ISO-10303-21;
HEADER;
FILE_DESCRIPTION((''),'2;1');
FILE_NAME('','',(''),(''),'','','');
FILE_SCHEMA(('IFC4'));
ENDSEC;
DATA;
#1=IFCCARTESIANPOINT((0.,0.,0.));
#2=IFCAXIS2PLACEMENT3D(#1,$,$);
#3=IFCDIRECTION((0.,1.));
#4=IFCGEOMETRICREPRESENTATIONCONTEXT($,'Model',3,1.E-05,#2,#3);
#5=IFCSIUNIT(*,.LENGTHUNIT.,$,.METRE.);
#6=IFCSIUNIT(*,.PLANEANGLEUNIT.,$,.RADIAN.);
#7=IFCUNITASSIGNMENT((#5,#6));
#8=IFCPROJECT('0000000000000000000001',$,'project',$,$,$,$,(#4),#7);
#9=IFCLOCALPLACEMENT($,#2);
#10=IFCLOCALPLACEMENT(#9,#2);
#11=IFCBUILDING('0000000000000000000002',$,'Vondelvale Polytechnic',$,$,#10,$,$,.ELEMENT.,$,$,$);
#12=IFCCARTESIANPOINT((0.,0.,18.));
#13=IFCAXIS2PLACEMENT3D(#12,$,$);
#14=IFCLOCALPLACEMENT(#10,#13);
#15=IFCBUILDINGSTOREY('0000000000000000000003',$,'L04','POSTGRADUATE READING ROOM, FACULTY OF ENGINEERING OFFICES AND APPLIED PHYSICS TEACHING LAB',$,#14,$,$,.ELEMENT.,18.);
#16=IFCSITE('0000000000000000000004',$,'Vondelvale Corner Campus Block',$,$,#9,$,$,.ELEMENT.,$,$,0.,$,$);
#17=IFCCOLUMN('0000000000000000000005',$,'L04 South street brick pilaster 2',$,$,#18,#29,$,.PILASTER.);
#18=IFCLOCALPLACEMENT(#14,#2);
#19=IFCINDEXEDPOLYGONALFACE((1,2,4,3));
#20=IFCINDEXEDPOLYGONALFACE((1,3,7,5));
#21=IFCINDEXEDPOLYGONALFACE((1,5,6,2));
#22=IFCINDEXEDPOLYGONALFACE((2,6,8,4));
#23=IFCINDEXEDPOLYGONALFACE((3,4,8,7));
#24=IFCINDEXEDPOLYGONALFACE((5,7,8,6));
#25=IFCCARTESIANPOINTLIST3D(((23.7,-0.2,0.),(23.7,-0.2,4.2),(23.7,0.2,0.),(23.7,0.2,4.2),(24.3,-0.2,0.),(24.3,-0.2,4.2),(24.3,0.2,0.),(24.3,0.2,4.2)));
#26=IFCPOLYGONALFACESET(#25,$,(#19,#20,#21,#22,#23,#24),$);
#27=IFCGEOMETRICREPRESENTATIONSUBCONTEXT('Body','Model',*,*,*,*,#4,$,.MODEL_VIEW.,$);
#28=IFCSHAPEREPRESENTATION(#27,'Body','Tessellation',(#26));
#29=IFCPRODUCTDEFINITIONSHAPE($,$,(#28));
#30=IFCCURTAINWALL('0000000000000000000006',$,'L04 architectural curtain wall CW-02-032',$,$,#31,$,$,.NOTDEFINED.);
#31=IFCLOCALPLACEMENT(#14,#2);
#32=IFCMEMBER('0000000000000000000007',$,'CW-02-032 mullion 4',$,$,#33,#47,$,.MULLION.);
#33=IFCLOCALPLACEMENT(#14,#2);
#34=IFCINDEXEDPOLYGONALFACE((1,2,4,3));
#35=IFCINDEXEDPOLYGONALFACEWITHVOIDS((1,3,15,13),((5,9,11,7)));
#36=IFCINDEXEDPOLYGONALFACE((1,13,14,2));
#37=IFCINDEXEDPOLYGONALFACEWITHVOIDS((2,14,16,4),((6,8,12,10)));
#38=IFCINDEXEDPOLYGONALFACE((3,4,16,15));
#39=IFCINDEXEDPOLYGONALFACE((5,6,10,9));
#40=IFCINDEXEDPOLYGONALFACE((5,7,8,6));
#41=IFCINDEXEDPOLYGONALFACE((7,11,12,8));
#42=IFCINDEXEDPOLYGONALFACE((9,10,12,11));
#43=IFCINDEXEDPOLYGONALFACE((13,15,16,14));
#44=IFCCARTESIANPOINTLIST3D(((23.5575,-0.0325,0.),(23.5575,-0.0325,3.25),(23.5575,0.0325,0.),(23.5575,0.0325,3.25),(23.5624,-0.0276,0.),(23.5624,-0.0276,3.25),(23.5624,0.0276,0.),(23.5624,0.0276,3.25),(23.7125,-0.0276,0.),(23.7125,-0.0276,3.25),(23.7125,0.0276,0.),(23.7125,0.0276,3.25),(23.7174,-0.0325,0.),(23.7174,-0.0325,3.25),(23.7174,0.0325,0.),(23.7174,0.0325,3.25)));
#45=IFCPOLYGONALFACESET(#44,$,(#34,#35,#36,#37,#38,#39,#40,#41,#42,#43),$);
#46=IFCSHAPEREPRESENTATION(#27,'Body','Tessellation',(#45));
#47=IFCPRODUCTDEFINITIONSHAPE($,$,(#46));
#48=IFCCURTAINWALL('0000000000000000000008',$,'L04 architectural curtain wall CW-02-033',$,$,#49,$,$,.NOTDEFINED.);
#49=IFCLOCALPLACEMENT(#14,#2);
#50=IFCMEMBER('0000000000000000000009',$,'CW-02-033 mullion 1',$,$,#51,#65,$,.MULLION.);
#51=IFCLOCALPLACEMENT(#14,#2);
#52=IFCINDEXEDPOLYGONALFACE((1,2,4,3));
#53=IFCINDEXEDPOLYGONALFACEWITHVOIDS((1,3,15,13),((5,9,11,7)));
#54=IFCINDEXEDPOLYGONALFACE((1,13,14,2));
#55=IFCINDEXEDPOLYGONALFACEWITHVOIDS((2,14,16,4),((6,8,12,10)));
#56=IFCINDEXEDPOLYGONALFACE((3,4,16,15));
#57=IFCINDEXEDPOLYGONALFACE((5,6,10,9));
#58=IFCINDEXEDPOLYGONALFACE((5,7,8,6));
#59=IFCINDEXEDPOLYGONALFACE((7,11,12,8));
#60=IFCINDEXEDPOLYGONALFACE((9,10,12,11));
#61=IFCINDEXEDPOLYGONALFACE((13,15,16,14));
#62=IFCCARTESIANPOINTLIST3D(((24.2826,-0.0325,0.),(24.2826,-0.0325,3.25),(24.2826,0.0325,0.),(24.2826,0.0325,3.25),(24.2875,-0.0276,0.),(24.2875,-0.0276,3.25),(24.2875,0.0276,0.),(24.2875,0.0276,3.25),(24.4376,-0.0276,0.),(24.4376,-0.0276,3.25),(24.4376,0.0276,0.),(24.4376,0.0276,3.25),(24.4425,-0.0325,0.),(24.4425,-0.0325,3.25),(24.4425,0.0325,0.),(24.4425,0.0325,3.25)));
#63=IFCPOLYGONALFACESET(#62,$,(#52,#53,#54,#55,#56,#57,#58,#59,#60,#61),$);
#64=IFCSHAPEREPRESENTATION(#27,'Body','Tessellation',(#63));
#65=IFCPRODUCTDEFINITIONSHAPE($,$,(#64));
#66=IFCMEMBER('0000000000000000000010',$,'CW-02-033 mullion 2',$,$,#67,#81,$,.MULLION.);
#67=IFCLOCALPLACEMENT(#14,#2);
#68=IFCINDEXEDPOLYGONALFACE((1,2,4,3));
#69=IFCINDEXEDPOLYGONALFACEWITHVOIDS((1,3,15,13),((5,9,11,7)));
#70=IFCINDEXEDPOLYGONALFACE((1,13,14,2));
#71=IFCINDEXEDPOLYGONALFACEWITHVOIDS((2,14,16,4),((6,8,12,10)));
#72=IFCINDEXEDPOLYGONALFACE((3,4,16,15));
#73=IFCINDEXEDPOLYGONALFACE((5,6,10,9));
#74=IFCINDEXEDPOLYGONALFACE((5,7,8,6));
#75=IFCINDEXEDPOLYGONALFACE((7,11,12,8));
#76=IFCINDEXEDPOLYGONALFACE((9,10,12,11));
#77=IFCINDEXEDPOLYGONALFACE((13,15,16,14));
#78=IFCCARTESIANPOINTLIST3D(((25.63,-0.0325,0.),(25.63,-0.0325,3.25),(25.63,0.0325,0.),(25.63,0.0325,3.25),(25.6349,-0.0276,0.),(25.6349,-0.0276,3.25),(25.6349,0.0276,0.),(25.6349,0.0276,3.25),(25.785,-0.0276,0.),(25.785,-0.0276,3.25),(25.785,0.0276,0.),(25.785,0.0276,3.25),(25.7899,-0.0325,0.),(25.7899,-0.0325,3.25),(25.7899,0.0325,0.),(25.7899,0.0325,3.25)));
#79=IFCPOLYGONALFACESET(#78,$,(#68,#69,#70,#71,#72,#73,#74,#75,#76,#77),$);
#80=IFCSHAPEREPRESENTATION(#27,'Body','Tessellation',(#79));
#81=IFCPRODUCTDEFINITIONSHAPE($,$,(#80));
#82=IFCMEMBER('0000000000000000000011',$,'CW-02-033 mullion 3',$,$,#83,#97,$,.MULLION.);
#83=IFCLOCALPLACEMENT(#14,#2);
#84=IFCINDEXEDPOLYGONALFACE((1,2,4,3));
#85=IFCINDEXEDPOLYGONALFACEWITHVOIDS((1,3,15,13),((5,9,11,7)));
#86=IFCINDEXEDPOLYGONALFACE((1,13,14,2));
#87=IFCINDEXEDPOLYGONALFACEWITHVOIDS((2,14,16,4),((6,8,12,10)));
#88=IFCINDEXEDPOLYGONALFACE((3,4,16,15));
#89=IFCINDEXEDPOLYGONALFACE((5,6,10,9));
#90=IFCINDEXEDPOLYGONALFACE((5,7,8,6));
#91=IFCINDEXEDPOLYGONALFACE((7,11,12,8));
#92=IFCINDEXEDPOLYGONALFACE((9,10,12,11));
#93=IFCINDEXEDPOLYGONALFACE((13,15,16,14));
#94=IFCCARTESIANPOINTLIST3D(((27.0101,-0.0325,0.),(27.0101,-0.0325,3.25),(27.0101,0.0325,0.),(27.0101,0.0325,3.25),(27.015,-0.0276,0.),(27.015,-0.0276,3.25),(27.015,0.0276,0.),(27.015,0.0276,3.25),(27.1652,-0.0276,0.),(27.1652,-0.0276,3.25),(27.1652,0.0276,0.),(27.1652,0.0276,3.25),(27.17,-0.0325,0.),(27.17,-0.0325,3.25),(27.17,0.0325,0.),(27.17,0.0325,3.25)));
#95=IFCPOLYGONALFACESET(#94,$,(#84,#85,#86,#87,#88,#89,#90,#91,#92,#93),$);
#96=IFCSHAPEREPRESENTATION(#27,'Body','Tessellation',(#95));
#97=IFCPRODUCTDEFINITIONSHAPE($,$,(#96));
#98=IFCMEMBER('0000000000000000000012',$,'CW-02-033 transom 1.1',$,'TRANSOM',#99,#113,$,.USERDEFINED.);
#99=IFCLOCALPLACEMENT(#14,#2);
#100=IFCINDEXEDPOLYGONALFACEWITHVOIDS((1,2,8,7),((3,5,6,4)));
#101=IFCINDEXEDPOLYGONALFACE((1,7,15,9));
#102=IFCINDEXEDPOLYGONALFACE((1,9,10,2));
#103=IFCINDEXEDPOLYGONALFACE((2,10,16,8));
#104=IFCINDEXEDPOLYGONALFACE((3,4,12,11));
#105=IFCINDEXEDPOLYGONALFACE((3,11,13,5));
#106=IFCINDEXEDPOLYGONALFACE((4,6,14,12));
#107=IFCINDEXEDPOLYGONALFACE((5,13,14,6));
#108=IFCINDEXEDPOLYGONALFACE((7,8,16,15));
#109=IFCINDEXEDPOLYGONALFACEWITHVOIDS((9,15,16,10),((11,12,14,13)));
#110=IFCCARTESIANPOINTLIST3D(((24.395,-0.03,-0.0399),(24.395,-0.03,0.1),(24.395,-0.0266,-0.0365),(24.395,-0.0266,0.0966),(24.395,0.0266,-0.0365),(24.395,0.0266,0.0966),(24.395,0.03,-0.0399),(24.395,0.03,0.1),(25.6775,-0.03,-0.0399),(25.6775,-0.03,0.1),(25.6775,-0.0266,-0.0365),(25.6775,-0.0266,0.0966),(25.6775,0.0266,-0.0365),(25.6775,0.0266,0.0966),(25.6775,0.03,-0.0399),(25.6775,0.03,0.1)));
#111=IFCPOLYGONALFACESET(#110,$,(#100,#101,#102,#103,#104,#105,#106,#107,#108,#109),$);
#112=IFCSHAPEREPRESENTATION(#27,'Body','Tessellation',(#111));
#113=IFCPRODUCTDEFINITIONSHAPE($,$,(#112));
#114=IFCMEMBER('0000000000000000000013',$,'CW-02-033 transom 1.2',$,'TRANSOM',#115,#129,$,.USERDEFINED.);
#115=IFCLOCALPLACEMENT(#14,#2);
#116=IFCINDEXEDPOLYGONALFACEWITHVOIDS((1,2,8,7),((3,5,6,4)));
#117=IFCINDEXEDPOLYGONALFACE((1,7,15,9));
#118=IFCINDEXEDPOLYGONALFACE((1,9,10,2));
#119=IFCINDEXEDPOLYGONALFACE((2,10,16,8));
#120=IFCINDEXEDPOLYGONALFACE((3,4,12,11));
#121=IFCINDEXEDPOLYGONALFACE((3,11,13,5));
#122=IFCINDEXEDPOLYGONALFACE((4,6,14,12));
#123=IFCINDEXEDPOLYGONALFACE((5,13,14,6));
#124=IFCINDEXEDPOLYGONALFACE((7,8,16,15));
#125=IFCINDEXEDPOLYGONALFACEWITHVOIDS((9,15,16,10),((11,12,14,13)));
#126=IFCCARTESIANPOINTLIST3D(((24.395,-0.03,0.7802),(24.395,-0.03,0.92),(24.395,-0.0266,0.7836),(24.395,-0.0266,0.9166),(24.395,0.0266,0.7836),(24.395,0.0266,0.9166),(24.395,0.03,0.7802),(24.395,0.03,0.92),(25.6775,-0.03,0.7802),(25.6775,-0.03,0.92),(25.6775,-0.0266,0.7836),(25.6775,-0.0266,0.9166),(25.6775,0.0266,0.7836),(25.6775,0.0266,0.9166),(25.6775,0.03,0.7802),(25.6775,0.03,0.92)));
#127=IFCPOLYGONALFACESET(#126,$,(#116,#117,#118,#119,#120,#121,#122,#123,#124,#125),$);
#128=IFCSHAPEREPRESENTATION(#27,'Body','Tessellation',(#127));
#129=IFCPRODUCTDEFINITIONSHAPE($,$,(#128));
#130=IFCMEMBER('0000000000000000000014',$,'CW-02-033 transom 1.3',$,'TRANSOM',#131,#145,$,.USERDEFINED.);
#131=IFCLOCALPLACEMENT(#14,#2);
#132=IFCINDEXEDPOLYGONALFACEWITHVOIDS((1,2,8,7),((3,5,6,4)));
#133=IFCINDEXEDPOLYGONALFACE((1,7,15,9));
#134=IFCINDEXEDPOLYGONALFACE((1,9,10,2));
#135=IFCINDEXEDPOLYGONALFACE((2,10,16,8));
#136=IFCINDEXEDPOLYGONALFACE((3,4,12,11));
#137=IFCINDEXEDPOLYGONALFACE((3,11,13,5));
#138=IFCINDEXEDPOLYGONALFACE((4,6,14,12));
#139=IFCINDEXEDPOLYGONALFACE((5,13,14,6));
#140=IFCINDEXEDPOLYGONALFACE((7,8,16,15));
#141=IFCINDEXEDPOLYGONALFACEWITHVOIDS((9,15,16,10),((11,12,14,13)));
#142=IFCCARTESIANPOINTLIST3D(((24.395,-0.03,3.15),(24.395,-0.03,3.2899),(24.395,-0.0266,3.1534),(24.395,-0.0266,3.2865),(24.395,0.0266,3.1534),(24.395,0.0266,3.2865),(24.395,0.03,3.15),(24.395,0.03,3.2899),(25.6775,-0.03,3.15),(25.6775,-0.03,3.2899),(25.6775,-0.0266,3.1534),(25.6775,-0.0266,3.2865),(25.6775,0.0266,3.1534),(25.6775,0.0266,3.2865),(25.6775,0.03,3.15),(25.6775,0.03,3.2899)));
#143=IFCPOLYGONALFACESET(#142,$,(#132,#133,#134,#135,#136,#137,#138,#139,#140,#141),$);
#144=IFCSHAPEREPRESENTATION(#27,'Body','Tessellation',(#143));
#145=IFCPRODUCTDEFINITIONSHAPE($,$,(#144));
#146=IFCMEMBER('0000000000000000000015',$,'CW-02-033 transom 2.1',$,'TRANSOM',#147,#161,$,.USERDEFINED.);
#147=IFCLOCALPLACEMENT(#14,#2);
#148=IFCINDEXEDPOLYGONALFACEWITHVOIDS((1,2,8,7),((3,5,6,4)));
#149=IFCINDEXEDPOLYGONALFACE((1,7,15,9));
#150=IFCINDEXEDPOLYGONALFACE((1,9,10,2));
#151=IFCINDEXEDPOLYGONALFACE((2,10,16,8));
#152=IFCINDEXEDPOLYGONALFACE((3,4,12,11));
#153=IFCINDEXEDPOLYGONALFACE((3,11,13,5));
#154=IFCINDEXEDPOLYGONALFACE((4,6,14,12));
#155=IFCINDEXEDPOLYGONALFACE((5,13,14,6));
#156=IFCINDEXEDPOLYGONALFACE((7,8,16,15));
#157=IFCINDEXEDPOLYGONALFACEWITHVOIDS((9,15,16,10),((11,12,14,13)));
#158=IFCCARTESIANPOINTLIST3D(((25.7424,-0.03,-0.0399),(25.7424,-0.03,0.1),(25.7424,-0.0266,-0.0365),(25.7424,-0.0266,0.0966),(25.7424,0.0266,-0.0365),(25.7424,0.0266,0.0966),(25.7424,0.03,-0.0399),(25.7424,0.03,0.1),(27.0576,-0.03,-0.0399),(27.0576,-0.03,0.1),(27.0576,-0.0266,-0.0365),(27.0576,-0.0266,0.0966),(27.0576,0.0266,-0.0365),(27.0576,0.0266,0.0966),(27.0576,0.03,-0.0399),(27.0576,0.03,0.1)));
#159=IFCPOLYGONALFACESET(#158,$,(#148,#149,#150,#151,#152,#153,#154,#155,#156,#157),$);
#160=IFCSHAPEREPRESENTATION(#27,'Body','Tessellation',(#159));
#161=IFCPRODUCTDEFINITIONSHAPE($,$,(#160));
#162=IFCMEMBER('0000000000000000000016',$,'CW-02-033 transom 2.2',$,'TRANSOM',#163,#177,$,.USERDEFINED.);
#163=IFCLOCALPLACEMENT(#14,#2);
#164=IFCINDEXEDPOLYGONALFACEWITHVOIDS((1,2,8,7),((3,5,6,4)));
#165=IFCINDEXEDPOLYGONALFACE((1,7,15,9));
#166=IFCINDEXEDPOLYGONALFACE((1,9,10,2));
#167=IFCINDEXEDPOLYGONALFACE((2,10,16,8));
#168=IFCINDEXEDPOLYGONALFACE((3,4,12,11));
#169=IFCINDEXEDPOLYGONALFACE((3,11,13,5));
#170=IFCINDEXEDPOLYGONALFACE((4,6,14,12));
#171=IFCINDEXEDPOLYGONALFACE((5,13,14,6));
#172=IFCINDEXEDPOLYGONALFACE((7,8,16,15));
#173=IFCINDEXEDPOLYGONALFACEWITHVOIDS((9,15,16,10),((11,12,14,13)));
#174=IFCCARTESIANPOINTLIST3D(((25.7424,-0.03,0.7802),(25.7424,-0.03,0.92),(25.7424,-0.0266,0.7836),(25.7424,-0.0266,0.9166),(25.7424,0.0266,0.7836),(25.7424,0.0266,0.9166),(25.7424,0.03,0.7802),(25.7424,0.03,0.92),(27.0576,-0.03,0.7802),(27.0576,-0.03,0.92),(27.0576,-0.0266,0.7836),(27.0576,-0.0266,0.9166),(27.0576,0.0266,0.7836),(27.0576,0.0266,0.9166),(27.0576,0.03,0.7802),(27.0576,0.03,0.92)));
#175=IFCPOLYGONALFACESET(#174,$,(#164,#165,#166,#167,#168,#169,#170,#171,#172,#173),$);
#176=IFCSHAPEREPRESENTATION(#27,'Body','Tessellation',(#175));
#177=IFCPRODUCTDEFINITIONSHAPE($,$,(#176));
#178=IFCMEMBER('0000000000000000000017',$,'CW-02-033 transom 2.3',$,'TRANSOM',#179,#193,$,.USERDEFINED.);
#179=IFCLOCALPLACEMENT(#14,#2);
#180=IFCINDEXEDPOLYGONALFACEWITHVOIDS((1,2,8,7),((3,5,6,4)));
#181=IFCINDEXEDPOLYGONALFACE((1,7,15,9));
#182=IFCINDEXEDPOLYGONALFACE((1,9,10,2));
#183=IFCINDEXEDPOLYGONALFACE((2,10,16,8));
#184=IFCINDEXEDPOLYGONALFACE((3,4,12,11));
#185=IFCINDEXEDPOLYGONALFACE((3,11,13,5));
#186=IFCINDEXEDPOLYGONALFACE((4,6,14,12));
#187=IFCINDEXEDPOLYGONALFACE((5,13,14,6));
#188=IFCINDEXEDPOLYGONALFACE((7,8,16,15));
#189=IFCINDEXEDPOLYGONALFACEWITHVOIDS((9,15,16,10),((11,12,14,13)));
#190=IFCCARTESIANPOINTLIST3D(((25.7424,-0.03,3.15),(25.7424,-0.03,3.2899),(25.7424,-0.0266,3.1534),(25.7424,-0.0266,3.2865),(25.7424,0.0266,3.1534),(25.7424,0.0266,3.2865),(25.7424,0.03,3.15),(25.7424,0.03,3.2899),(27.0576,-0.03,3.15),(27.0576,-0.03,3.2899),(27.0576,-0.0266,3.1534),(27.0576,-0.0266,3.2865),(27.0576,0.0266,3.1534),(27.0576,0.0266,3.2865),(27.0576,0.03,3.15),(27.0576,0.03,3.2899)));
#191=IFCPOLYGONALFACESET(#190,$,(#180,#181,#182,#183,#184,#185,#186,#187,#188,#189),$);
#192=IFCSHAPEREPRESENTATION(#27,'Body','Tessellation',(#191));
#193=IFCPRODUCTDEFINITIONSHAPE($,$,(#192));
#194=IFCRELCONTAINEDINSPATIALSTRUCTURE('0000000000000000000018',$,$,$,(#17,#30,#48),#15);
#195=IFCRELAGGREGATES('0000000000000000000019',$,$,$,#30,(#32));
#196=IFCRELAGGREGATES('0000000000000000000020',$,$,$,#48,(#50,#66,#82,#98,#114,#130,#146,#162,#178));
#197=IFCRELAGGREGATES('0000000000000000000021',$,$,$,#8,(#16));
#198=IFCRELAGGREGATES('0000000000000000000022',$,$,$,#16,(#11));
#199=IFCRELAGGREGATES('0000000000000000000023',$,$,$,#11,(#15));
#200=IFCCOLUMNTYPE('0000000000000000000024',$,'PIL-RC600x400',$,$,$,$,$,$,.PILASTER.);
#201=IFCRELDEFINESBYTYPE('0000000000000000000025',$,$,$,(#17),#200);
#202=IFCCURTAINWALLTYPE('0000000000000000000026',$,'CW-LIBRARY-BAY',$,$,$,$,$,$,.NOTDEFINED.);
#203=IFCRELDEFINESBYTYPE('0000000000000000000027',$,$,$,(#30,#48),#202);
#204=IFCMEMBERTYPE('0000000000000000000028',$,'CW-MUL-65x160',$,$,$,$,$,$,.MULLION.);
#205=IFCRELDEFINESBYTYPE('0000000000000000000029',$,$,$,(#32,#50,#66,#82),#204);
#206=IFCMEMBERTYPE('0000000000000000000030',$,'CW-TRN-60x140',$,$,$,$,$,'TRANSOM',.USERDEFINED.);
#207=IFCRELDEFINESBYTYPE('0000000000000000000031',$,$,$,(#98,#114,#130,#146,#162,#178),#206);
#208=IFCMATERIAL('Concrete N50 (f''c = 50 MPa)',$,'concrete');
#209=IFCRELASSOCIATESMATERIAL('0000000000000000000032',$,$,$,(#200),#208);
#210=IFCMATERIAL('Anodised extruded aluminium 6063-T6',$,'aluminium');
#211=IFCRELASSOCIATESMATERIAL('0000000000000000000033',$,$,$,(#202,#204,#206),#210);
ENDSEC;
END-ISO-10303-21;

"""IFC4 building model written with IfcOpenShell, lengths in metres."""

from ifc_helpers import new_model, si_unit, direction, frame, origin, origin_2d, place, context, subcontext, project, spatial, rectangle, hollow_rectangle, extrude, material, material_profile, profile_set, type_object, element, aggregate, save


model = new_model("IFC4")

# Units and contexts
model_context = context("Model", 3, precision=1e-05, world=origin(), true_north=direction((0.0, 1.0)))
body_context = subcontext(model_context, "Body", "Model", "MODEL_VIEW")
ifc_project = project(units=[si_unit("LENGTHUNIT", "METRE"), si_unit("PLANEANGLEUNIT", "RADIAN")], contexts=[model_context])

# Site, building, storey
site_placement = place(None, origin())
site = spatial("IfcSite", under=ifc_project, at=site_placement, Name="Vondelvale Corner Campus Block", CompositionType="ELEMENT", RefElevation=0.0)
building_placement = place(site_placement, origin())
building = spatial("IfcBuilding", under=site, at=building_placement, Name="Vondelvale Polytechnic", CompositionType="ELEMENT")
storey_placement = place(building_placement, frame((0.0, 0.0, 18.0)))
storey = spatial("IfcBuildingStorey", under=building, at=storey_placement, Name="L04", Description="POSTGRADUATE READING ROOM, FACULTY OF ENGINEERING OFFICES AND APPLIED PHYSICS TEACHING LAB", CompositionType="ELEMENT", Elevation=18.0)

# Column
ifc_material_1 = material(Name="Concrete N50 (f'c = 50 MPa)", Category="concrete")
ifc_material_profile_1 = material_profile(ifc_material_1, rectangle(XDim=0.3999, YDim=0.6001, at=origin_2d()), Name="RC-PIL-600x400")
ifc_profile_set_1 = profile_set([ifc_material_profile_1], Name="Concrete N50 (f'c = 50 MPa)")
column_type = type_object("IfcColumnType", Name="PIL-RC600x400", PredefinedType="PILASTER", material=ifc_profile_set_1)
column_placement = place(storey_placement, frame((24.0, 0.0, 0.0), z_axis=(0.0, 0.0, 1.0), x_axis=(0.0, 1.0, 0.0)))
element("IfcColumn", 1, at=column_placement, inside=storey, type_object=column_type, Name="L04 South street brick pilaster 2", PredefinedType="PILASTER", context=body_context, shape_type="SweptSolid", body=[
    extrude(rectangle(XDim=0.3999, YDim=0.6001, at=origin_2d()), origin(), (0.0, 0.0, 1.0), 4.2),
])

# Curtain wall, member
ifc_material_2 = material(Name="Anodised extruded aluminium 6063-T6", Category="aluminium")
curtain_wall_type = type_object("IfcCurtainWallType", Name="CW-LIBRARY-BAY", PredefinedType="NOTDEFINED", material=ifc_material_2)
curtain_wall_1_placement = place(storey_placement, origin())
curtain_wall_1 = element("IfcCurtainWall", 2, at=curtain_wall_1_placement, inside=storey, type_object=curtain_wall_type, Name="L04 architectural curtain wall CW-02-032", PredefinedType="NOTDEFINED")
ifc_material_profile_2 = material_profile(ifc_material_2, hollow_rectangle(XDim=0.0649, YDim=0.1599, WallThickness=0.0049, at=origin_2d()), Name="CW-MUL-160x65")
ifc_profile_set_2 = profile_set([ifc_material_profile_2], Name="Anodised extruded aluminium 6063-T6")
member_type_1 = type_object("IfcMemberType", Name="CW-MUL-65x160", PredefinedType="MULLION", material=ifc_profile_set_2)
member_1_placement = place(storey_placement, frame((23.6375, 0.0, 0.0), z_axis=(0.0, 0.0, 1.0), x_axis=(0.0, 1.0, 0.0)))
member_1 = element("IfcMember", 3, at=member_1_placement, type_object=member_type_1, Name="CW-02-032 mullion 4", PredefinedType="MULLION", context=body_context, shape_type="SweptSolid", body=[
    extrude(hollow_rectangle(XDim=0.0649, YDim=0.1599, WallThickness=0.0049, at=origin_2d()), origin(), (0.0, 0.0, 1.0), 3.25),
])

# Curtain wall, members
curtain_wall_2_placement = place(storey_placement, origin())
curtain_wall_2 = element("IfcCurtainWall", 4, at=curtain_wall_2_placement, inside=storey, type_object=curtain_wall_type, Name="L04 architectural curtain wall CW-02-033", PredefinedType="NOTDEFINED")
member_2_placement = place(storey_placement, frame((24.3625, 0.0, 0.0), z_axis=(0.0, 0.0, 1.0), x_axis=(0.0, 1.0, 0.0)))
member_2 = element("IfcMember", 5, at=member_2_placement, type_object=member_type_1, Name="CW-02-033 mullion 1", PredefinedType="MULLION", context=body_context, shape_type="SweptSolid", body=[
    extrude(hollow_rectangle(XDim=0.0649, YDim=0.1599, WallThickness=0.0049, at=origin_2d()), origin(), (0.0, 0.0, 1.0), 3.25),
])
member_3_placement = place(storey_placement, frame((25.71, 0.0, 0.0), z_axis=(0.0, 0.0, 1.0), x_axis=(0.0, 1.0, 0.0)))
member_3 = element("IfcMember", 6, at=member_3_placement, type_object=member_type_1, Name="CW-02-033 mullion 2", PredefinedType="MULLION", context=body_context, shape_type="SweptSolid", body=[
    extrude(hollow_rectangle(XDim=0.0649, YDim=0.1599, WallThickness=0.0049, at=origin_2d()), origin(), (0.0, 0.0, 1.0), 3.25),
])
member_4_placement = place(storey_placement, frame((27.0901, 0.0, 0.0), z_axis=(0.0, 0.0, 1.0), x_axis=(0.0, 1.0, 0.0)))
member_4 = element("IfcMember", 7, at=member_4_placement, type_object=member_type_1, Name="CW-02-033 mullion 3", PredefinedType="MULLION", context=body_context, shape_type="SweptSolid", body=[
    extrude(hollow_rectangle(XDim=0.0649, YDim=0.1599, WallThickness=0.0049, at=origin_2d()), origin(), (0.0, 0.0, 1.0), 3.25),
])
ifc_material_profile_3 = material_profile(ifc_material_2, hollow_rectangle(XDim=0.0601, YDim=0.1399, WallThickness=0.0034, at=origin_2d()), Name="CW-TRN-140x60")
ifc_profile_set_3 = profile_set([ifc_material_profile_3], Name="Anodised extruded aluminium 6063-T6")
member_type_2 = type_object("IfcMemberType", Name="CW-TRN-60x140", ElementType="TRANSOM", PredefinedType="USERDEFINED", material=ifc_profile_set_3)
member_5_placement = place(storey_placement, frame((24.395, 0.0, 0.03), z_axis=(1.0, 0.0, 0.0), x_axis=(0.0, 1.0, 0.0)))
member_5 = element("IfcMember", 8, at=member_5_placement, type_object=member_type_2, Name="CW-02-033 transom 1.1", ObjectType="TRANSOM", PredefinedType="USERDEFINED", context=body_context, shape_type="SweptSolid", body=[
    extrude(hollow_rectangle(XDim=0.0601, YDim=0.1399, WallThickness=0.0034, at=origin_2d()), origin(), (0.0, 0.0, 1.0), 1.2825),
])
member_6_placement = place(storey_placement, frame((24.395, 0.0, 0.8501), z_axis=(1.0, 0.0, 0.0), x_axis=(0.0, 1.0, 0.0)))
member_6 = element("IfcMember", 9, at=member_6_placement, type_object=member_type_2, Name="CW-02-033 transom 1.2", ObjectType="TRANSOM", PredefinedType="USERDEFINED", context=body_context, shape_type="SweptSolid", body=[
    extrude(hollow_rectangle(XDim=0.0601, YDim=0.1399, WallThickness=0.0034, at=origin_2d()), origin(), (0.0, 0.0, 1.0), 1.2825),
])
member_7_placement = place(storey_placement, frame((24.395, 0.0, 3.22), z_axis=(1.0, 0.0, 0.0), x_axis=(0.0, 1.0, 0.0)))
member_7 = element("IfcMember", 10, at=member_7_placement, type_object=member_type_2, Name="CW-02-033 transom 1.3", ObjectType="TRANSOM", PredefinedType="USERDEFINED", context=body_context, shape_type="SweptSolid", body=[
    extrude(hollow_rectangle(XDim=0.0601, YDim=0.1399, WallThickness=0.0034, at=origin_2d()), origin(), (0.0, 0.0, 1.0), 1.2825),
])
member_8_placement = place(storey_placement, frame((25.7424, 0.0, 0.03), z_axis=(1.0, 0.0, 0.0), x_axis=(0.0, 1.0, 0.0)))
member_8 = element("IfcMember", 11, at=member_8_placement, type_object=member_type_2, Name="CW-02-033 transom 2.1", ObjectType="TRANSOM", PredefinedType="USERDEFINED", context=body_context, shape_type="SweptSolid", body=[
    extrude(hollow_rectangle(XDim=0.0601, YDim=0.1399, WallThickness=0.0034, at=origin_2d()), origin(), (0.0, 0.0, 1.0), 1.3152),
])
member_9_placement = place(storey_placement, frame((25.7424, 0.0, 0.8501), z_axis=(1.0, 0.0, 0.0), x_axis=(0.0, 1.0, 0.0)))
member_9 = element("IfcMember", 12, at=member_9_placement, type_object=member_type_2, Name="CW-02-033 transom 2.2", ObjectType="TRANSOM", PredefinedType="USERDEFINED", context=body_context, shape_type="SweptSolid", body=[
    extrude(hollow_rectangle(XDim=0.0601, YDim=0.1399, WallThickness=0.0034, at=origin_2d()), origin(), (0.0, 0.0, 1.0), 1.3152),
])
member_10_placement = place(storey_placement, frame((25.7424, 0.0, 3.22), z_axis=(1.0, 0.0, 0.0), x_axis=(0.0, 1.0, 0.0)))
member_10 = element("IfcMember", 13, at=member_10_placement, type_object=member_type_2, Name="CW-02-033 transom 2.3", ObjectType="TRANSOM", PredefinedType="USERDEFINED", context=body_context, shape_type="SweptSolid", body=[
    extrude(hollow_rectangle(XDim=0.0601, YDim=0.1399, WallThickness=0.0034, at=origin_2d()), origin(), (0.0, 0.0, 1.0), 1.3152),
])

aggregate(curtain_wall_1, [member_1])
aggregate(curtain_wall_2, [member_2, member_3, member_4, member_5, member_6, member_7, member_8, member_9, member_10])

save(model, "model.ifc")
